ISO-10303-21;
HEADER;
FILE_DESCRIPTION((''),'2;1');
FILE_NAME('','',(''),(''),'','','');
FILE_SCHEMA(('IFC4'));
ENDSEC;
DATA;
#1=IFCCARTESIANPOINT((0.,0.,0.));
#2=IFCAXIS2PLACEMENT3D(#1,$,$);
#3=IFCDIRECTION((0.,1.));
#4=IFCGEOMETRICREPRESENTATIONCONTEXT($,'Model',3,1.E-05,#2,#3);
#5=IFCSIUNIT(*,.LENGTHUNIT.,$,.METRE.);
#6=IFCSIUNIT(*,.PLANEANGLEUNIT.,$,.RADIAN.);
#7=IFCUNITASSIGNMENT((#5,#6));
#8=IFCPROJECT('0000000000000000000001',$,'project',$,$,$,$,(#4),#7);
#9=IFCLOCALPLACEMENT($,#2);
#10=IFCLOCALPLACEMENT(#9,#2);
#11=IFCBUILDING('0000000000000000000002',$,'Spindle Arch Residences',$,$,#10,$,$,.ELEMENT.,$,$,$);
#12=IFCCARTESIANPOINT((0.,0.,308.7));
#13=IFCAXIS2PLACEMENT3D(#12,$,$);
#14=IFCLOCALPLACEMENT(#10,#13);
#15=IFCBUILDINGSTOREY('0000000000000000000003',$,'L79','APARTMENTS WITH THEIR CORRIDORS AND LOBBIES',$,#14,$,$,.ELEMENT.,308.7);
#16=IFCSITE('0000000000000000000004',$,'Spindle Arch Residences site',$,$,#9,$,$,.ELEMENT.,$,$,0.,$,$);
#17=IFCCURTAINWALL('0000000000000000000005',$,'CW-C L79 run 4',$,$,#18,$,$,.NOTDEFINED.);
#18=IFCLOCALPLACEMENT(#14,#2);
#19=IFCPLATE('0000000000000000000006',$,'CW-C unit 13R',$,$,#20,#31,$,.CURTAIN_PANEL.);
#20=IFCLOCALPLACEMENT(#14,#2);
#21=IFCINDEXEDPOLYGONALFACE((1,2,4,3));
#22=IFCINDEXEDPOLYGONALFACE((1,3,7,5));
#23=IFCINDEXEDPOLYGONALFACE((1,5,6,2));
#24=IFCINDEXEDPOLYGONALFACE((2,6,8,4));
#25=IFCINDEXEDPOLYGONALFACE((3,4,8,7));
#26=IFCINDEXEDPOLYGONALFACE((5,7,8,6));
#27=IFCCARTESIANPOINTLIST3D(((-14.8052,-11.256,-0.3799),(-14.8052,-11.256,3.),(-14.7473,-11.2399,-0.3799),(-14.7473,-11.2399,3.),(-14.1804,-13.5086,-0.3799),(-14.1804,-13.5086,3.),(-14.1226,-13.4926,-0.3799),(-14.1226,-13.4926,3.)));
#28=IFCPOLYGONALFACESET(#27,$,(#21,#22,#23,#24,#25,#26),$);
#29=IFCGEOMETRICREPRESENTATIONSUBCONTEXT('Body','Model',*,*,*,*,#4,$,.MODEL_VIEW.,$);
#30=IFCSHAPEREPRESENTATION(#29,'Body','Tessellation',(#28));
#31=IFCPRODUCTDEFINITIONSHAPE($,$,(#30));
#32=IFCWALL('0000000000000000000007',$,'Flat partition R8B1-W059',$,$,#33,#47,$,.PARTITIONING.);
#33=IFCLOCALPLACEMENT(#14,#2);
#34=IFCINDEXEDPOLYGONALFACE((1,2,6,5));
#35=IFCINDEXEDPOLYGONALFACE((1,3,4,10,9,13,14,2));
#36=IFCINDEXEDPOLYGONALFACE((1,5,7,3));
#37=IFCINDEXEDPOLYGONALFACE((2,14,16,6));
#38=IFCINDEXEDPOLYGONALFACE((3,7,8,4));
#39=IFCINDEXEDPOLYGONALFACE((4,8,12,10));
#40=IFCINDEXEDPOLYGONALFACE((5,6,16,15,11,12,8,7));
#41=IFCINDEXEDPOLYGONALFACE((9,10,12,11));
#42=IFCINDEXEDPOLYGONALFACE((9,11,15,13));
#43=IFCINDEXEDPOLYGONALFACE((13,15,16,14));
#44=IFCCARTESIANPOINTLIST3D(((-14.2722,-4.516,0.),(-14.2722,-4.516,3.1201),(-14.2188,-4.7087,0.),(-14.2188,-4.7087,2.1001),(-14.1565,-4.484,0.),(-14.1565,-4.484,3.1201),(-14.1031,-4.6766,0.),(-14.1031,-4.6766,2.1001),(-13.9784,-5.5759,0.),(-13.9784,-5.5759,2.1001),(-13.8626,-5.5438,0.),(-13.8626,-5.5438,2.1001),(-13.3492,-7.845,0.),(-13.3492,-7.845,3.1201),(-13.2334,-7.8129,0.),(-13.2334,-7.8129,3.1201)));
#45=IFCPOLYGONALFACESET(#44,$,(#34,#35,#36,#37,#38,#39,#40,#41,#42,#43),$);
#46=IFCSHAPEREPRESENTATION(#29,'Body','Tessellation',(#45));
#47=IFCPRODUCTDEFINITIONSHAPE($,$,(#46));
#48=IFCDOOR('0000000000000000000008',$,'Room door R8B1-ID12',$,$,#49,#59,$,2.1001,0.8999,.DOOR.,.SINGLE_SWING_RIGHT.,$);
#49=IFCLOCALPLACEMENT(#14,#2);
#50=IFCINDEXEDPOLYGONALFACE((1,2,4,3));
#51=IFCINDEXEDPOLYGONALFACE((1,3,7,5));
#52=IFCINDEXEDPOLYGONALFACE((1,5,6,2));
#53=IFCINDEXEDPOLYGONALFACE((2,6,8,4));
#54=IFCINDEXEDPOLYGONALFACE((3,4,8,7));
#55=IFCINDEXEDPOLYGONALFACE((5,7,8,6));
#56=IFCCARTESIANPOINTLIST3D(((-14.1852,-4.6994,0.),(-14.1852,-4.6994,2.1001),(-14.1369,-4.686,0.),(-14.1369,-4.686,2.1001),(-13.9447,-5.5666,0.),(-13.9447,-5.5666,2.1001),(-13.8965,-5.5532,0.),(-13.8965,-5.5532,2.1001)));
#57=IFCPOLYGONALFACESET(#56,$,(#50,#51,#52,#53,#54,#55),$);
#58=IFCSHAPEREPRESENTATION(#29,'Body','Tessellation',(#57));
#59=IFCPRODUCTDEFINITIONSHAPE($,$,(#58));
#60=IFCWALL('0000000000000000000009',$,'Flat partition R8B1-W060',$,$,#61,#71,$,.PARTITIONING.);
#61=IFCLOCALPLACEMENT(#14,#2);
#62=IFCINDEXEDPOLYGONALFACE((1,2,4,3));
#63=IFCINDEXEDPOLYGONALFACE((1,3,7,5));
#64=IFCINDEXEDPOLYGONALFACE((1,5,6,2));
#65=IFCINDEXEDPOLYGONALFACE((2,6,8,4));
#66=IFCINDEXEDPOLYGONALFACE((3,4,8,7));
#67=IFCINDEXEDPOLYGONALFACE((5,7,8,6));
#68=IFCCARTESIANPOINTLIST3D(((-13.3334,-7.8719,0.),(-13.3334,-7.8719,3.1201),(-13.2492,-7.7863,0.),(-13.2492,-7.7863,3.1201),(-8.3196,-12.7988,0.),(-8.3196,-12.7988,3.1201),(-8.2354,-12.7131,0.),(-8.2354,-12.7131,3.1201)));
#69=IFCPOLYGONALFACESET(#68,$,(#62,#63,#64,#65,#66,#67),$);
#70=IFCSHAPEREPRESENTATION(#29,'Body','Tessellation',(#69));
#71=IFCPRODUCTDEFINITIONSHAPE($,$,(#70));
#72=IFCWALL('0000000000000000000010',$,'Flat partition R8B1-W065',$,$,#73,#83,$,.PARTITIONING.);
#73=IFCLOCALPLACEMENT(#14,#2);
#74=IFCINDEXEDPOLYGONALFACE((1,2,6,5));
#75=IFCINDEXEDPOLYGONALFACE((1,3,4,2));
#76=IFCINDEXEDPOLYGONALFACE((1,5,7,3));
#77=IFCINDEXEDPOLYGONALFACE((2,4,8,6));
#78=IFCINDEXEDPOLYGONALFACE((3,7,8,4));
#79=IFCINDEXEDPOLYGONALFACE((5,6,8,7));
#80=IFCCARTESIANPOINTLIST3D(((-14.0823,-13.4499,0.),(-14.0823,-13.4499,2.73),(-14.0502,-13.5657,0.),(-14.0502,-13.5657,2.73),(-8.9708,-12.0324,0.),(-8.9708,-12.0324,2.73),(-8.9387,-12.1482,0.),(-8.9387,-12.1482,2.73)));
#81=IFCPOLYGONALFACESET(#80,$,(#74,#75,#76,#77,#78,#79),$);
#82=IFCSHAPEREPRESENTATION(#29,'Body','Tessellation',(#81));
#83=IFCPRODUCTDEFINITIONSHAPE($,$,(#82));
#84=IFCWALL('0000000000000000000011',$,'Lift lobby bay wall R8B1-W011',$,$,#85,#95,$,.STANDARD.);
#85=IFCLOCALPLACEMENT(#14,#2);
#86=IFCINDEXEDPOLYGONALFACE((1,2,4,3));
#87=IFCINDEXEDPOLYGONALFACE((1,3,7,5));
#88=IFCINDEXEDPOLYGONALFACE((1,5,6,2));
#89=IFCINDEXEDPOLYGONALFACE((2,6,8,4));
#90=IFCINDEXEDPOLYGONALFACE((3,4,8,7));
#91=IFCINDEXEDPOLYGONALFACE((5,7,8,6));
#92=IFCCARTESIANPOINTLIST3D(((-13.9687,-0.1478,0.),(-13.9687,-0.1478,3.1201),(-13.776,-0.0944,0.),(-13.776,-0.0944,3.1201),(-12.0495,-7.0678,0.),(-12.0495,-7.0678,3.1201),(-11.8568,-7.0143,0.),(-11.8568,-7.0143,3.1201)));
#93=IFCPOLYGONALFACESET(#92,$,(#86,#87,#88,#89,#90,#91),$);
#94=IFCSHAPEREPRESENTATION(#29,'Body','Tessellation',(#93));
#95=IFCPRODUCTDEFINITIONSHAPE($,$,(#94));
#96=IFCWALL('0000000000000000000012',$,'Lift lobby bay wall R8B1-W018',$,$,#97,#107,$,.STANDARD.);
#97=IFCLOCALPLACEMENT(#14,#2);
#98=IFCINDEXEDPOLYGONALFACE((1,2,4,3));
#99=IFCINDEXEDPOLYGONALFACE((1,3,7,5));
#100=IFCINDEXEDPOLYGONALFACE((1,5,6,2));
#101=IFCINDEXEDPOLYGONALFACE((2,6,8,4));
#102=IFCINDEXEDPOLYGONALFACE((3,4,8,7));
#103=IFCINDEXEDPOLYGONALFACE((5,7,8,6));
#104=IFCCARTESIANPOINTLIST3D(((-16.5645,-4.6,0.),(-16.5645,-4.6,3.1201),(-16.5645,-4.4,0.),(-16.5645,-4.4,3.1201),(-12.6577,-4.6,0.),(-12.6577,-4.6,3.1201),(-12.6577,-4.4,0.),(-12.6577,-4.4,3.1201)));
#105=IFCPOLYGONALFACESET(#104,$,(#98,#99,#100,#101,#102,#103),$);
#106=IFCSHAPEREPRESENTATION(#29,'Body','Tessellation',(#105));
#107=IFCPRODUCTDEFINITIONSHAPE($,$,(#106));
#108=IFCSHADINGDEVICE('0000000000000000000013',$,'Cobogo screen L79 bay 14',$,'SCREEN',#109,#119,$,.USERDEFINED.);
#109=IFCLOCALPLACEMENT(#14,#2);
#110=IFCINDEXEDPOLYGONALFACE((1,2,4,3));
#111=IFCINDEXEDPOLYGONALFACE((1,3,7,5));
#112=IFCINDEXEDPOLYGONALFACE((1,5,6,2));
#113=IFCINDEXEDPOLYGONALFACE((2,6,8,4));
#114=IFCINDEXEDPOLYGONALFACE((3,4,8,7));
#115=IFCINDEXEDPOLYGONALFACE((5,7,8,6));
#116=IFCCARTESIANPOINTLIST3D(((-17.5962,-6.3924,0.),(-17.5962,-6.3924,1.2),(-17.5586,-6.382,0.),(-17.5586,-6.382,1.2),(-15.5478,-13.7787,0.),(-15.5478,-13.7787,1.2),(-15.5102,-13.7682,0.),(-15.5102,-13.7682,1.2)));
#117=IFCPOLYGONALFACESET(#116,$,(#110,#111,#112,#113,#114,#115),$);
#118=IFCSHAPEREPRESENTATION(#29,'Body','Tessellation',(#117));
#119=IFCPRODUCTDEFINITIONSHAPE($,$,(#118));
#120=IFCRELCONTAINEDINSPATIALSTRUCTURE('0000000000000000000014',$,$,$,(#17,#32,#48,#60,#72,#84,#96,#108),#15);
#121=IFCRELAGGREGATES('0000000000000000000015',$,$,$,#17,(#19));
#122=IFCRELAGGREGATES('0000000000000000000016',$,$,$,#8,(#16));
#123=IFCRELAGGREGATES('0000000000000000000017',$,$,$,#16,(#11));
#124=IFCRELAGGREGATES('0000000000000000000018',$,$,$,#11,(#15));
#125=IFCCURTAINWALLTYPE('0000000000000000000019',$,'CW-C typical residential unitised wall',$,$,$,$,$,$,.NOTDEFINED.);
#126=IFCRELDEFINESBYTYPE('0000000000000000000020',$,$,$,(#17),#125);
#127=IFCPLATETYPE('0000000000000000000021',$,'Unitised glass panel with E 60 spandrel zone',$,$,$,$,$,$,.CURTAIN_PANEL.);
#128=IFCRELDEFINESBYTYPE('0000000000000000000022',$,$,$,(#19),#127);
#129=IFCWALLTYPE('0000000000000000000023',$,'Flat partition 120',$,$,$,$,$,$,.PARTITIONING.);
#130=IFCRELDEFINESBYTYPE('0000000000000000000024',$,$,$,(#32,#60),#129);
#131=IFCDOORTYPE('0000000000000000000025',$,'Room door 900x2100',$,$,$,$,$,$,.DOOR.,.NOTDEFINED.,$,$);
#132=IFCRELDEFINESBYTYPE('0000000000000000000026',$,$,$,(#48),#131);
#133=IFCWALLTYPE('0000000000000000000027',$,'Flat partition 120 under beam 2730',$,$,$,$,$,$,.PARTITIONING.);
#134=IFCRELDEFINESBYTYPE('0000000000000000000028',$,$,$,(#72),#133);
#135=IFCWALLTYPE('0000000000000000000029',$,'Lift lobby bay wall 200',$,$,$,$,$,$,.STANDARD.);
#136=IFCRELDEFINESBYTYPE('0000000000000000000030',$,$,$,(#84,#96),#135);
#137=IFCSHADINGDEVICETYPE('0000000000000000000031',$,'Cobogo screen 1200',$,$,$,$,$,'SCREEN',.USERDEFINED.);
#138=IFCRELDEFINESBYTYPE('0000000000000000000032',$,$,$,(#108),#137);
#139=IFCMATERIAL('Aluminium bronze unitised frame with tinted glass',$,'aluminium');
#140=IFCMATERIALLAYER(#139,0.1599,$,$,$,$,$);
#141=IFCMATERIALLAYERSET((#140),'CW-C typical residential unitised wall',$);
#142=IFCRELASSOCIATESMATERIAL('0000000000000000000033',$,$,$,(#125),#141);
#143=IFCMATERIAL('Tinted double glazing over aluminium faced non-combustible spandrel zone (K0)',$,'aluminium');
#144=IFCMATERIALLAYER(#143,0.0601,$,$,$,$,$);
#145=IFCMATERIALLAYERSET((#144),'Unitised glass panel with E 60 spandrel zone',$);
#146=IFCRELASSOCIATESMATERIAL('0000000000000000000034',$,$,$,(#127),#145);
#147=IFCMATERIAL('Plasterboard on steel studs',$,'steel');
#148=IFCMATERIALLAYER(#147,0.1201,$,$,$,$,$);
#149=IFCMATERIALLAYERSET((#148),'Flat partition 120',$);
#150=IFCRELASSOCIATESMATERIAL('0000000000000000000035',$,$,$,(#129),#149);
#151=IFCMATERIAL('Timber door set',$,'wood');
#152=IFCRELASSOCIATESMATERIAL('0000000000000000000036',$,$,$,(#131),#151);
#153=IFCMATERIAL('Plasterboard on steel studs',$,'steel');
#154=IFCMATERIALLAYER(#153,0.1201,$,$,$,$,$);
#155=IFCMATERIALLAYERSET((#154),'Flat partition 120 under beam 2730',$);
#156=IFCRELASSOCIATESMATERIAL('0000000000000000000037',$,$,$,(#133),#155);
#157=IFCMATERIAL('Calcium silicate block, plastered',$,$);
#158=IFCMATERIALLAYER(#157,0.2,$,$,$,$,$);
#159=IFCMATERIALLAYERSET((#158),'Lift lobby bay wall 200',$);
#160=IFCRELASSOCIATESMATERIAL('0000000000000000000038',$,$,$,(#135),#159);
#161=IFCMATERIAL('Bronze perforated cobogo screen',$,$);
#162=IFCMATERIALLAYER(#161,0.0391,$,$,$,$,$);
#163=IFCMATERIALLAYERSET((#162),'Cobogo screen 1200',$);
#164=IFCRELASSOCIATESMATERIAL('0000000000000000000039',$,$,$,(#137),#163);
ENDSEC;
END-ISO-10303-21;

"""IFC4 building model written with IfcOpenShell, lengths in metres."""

from ifc_helpers import new_model, si_unit, direction, frame, frame_2d, origin, origin_2d, place, context, subcontext, project, spatial, rectangle, extrude, material, layer, layer_set, type_object, element, fill, aggregate, save


model = new_model("IFC4")

# Units and contexts
model_context = context("Model", 3, precision=1e-05, world=origin(), true_north=direction((0.0, 1.0)))
body_context = subcontext(model_context, "Body", "Model", "MODEL_VIEW")
ifc_project = project(units=[si_unit("LENGTHUNIT", "METRE"), si_unit("PLANEANGLEUNIT", "RADIAN")], contexts=[model_context])

# Site, building, storey
site_placement = place(None, origin())
site = spatial("IfcSite", under=ifc_project, at=site_placement, Name="Spindle Arch Residences site", CompositionType="ELEMENT", RefElevation=0.0)
building_placement = place(site_placement, origin())
building = spatial("IfcBuilding", under=site, at=building_placement, Name="Spindle Arch Residences", CompositionType="ELEMENT")
storey_placement = place(building_placement, frame((0.0, 0.0, 308.7)))
storey = spatial("IfcBuildingStorey", under=building, at=storey_placement, Name="L79", Description="APARTMENTS WITH THEIR CORRIDORS AND LOBBIES", CompositionType="ELEMENT", Elevation=308.7)

# Curtain wall
ifc_material_1 = material(Name="Aluminium bronze unitised frame with tinted glass", Category="aluminium")
ifc_layer_1 = layer(ifc_material_1, 0.1599)
ifc_layer_set_1 = layer_set([ifc_layer_1], Name="CW-C typical residential unitised wall")
curtain_wall_type = type_object("IfcCurtainWallType", Name="CW-C typical residential unitised wall", PredefinedType="NOTDEFINED", material=ifc_layer_set_1)
curtain_wall_placement = place(storey_placement, origin())
curtain_wall = element("IfcCurtainWall", 1, at=curtain_wall_placement, inside=storey, type_object=curtain_wall_type, Name="CW-C L79 run 4", PredefinedType="NOTDEFINED")

# Plate
ifc_material_2 = material(Name="Tinted double glazing over aluminium faced non-combustible spandrel zone (K0)", Category="aluminium")
ifc_layer_2 = layer(ifc_material_2, 0.0601)
ifc_layer_set_2 = layer_set([ifc_layer_2], Name="Unitised glass panel with E 60 spandrel zone")
plate_type = type_object("IfcPlateType", Name="Unitised glass panel with E 60 spandrel zone", PredefinedType="CURTAIN_PANEL", material=ifc_layer_set_2)
plate_1_placement = place(storey_placement, frame((-14.4639, -12.3743, -0.3799), z_axis=(0.0, 0.0, 1.0), x_axis=(0.267238, -0.96363, 0.0)))
plate_1 = element("IfcPlate", 2, at=plate_1_placement, type_object=plate_type, Name="CW-C unit 13R", PredefinedType="CURTAIN_PANEL", context=body_context, shape_type="SweptSolid", body=[
    extrude(rectangle(XDim=2.3376, YDim=0.0601, at=origin_2d()), origin(), (0.0, 0.0, 1.0), 3.3799),
])
aggregate(curtain_wall, [plate_1])

# Wall, opening, door
ifc_material_3 = material(Name="Plasterboard on steel studs", Category="steel")
ifc_layer_3 = layer(ifc_material_3, 0.1201)
ifc_layer_set_3 = layer_set([ifc_layer_3], Name="Flat partition 120")
wall_type_1 = type_object("IfcWallType", Name="Flat partition 120", PredefinedType="PARTITIONING", material=ifc_layer_set_3)
wall_1_placement = place(storey_placement, frame((-14.2144, -4.5, 0.0), z_axis=(0.0, 0.0, 1.0), x_axis=(0.267199, -0.963641, 0.0)))
wall_1 = element("IfcWall", 3, at=wall_1_placement, inside=storey, type_object=wall_type_1, Name="Flat partition R8B1-W059", PredefinedType="PARTITIONING", context=body_context, shape_type="SweptSolid", body=[
    extrude(rectangle(XDim=3.4546, YDim=0.1201, at=frame_2d((1.7273, 0.0))), origin(), (0.0, 0.0, 1.0), 3.1201),
])
opening_1_placement = place(wall_1_placement, frame((0.2, 0.0, 0.0)))
opening_1 = element("IfcOpeningElement", 4, at=opening_1_placement, cuts=wall_1, PredefinedType="OPENING", context=body_context, shape_type="SweptSolid", body=[
    extrude(rectangle(XDim=0.8999, YDim=2.1001, at=frame_2d((0.45, 1.05))), frame((0.0, 0.0701, 0.0), z_axis=(0.0, -1.0, 0.0), x_axis=(1.0, 0.0, 0.0)), (0.0, 0.0, 1.0), 0.1401),
])
ifc_material_4 = material(Name="Timber door set", Category="wood")
door_type_1 = type_object("IfcDoorType", Name="Room door 900x2100", OperationType="NOTDEFINED", PredefinedType="DOOR", material=ifc_material_4)
door_1_placement = place(opening_1_placement, origin())
door_1 = element("IfcDoor", 5, at=door_1_placement, inside=storey, type_object=door_type_1, Name="Room door R8B1-ID12", OperationType="SINGLE_SWING_RIGHT", OverallHeight=2.1001, OverallWidth=0.8999, PredefinedType="DOOR", context=body_context, shape_type="SweptSolid", body=[
    extrude(rectangle(XDim=0.8999, YDim=2.1001, at=frame_2d((0.45, 1.05))), frame((0.0, 0.0249, 0.0), z_axis=(0.0, -1.0, 0.0), x_axis=(1.0, 0.0, 0.0)), (0.0, 0.0, 1.0), 0.05),
])
fill(opening_1, door_1)

# Walls
wall_2_placement = place(storey_placement, frame((-13.2913, -7.8291, 0.0), z_axis=(0.0, 0.0, 1.0), x_axis=(0.713262, -0.700897, 0.0)))
element("IfcWall", 6, at=wall_2_placement, inside=storey, type_object=wall_type_1, Name="Flat partition R8B1-W060", PredefinedType="PARTITIONING", context=body_context, shape_type="SweptSolid", body=[
    extrude(rectangle(XDim=7.0293, YDim=0.1201, at=frame_2d((3.5146, 0.0))), origin(), (0.0, 0.0, 1.0), 3.1201),
])
ifc_material_5 = material(Name="Plasterboard on steel studs", Category="steel")
ifc_layer_4 = layer(ifc_material_5, 0.1201)
ifc_layer_set_4 = layer_set([ifc_layer_4], Name="Flat partition 120 under beam 2730")
wall_type_2 = type_object("IfcWallType", Name="Flat partition 120 under beam 2730", PredefinedType="PARTITIONING", material=ifc_layer_set_4)
wall_3_placement = place(storey_placement, frame((-14.0664, -13.5078, 0.0), z_axis=(0.0, 0.0, 1.0), x_axis=(0.963635, 0.267224, 0.0)))
element("IfcWall", 7, at=wall_3_placement, inside=storey, type_object=wall_type_2, Name="Flat partition R8B1-W065", PredefinedType="PARTITIONING", context=body_context, shape_type="SweptSolid", body=[
    extrude(rectangle(XDim=5.3044, YDim=0.1201, at=frame_2d((2.6523, 0.0))), origin(), (0.0, 0.0, 1.0), 2.73),
])

# Walls
ifc_material_6 = material(Name="Calcium silicate block, plastered")
ifc_layer_5 = layer(ifc_material_6, 0.2)
ifc_layer_set_5 = layer_set([ifc_layer_5], Name="Lift lobby bay wall 200")
wall_type_3 = type_object("IfcWallType", Name="Lift lobby bay wall 200", PredefinedType="STANDARD", material=ifc_layer_set_5)
wall_4_placement = place(storey_placement, frame((-13.8723, -0.1211, 0.0), z_axis=(0.0, 0.0, 1.0), x_axis=(0.267255, -0.963626, 0.0)))
element("IfcWall", 8, at=wall_4_placement, inside=storey, type_object=wall_type_3, Name="Lift lobby bay wall R8B1-W011", PredefinedType="STANDARD", context=body_context, shape_type="SweptSolid", body=[
    extrude(rectangle(XDim=7.1812, YDim=0.2, at=frame_2d((3.5906, 0.0))), origin(), (0.0, 0.0, 1.0), 3.1201),
])
wall_5_placement = place(storey_placement, frame((-16.5645, -4.5, 0.0), z_axis=(0.0, 0.0, 1.0), x_axis=(1.0, 0.0, 0.0)))
element("IfcWall", 9, at=wall_5_placement, inside=storey, type_object=wall_type_3, Name="Lift lobby bay wall R8B1-W018", PredefinedType="STANDARD", context=body_context, shape_type="SweptSolid", body=[
    extrude(rectangle(XDim=3.9067, YDim=0.2, at=frame_2d((1.9534, 0.0))), origin(), (0.0, 0.0, 1.0), 3.1201),
])

# Shading device
ifc_material_7 = material(Name="Bronze perforated cobogo screen")
ifc_layer_6 = layer(ifc_material_7, 0.0391)
ifc_layer_set_6 = layer_set([ifc_layer_6], Name="Cobogo screen 1200")
shading_device_type = type_object("IfcShadingDeviceType", Name="Cobogo screen 1200", ElementType="SCREEN", PredefinedType="USERDEFINED", material=ifc_layer_set_6)
shading_device_placement = place(storey_placement, frame((-16.5532, -10.0803, 0.0), z_axis=(0.0, 0.0, 1.0), x_axis=(0.267238, -0.96363, 0.0)))
element("IfcShadingDevice", 10, at=shading_device_placement, inside=storey, type_object=shading_device_type, Name="Cobogo screen L79 bay 14", ObjectType="SCREEN", PredefinedType="USERDEFINED", context=body_context, shape_type="SweptSolid", body=[
    extrude(rectangle(XDim=7.665, YDim=0.0391, at=origin_2d()), origin(), (0.0, 0.0, 1.0), 1.2),
])

save(model, "model.ifc")
